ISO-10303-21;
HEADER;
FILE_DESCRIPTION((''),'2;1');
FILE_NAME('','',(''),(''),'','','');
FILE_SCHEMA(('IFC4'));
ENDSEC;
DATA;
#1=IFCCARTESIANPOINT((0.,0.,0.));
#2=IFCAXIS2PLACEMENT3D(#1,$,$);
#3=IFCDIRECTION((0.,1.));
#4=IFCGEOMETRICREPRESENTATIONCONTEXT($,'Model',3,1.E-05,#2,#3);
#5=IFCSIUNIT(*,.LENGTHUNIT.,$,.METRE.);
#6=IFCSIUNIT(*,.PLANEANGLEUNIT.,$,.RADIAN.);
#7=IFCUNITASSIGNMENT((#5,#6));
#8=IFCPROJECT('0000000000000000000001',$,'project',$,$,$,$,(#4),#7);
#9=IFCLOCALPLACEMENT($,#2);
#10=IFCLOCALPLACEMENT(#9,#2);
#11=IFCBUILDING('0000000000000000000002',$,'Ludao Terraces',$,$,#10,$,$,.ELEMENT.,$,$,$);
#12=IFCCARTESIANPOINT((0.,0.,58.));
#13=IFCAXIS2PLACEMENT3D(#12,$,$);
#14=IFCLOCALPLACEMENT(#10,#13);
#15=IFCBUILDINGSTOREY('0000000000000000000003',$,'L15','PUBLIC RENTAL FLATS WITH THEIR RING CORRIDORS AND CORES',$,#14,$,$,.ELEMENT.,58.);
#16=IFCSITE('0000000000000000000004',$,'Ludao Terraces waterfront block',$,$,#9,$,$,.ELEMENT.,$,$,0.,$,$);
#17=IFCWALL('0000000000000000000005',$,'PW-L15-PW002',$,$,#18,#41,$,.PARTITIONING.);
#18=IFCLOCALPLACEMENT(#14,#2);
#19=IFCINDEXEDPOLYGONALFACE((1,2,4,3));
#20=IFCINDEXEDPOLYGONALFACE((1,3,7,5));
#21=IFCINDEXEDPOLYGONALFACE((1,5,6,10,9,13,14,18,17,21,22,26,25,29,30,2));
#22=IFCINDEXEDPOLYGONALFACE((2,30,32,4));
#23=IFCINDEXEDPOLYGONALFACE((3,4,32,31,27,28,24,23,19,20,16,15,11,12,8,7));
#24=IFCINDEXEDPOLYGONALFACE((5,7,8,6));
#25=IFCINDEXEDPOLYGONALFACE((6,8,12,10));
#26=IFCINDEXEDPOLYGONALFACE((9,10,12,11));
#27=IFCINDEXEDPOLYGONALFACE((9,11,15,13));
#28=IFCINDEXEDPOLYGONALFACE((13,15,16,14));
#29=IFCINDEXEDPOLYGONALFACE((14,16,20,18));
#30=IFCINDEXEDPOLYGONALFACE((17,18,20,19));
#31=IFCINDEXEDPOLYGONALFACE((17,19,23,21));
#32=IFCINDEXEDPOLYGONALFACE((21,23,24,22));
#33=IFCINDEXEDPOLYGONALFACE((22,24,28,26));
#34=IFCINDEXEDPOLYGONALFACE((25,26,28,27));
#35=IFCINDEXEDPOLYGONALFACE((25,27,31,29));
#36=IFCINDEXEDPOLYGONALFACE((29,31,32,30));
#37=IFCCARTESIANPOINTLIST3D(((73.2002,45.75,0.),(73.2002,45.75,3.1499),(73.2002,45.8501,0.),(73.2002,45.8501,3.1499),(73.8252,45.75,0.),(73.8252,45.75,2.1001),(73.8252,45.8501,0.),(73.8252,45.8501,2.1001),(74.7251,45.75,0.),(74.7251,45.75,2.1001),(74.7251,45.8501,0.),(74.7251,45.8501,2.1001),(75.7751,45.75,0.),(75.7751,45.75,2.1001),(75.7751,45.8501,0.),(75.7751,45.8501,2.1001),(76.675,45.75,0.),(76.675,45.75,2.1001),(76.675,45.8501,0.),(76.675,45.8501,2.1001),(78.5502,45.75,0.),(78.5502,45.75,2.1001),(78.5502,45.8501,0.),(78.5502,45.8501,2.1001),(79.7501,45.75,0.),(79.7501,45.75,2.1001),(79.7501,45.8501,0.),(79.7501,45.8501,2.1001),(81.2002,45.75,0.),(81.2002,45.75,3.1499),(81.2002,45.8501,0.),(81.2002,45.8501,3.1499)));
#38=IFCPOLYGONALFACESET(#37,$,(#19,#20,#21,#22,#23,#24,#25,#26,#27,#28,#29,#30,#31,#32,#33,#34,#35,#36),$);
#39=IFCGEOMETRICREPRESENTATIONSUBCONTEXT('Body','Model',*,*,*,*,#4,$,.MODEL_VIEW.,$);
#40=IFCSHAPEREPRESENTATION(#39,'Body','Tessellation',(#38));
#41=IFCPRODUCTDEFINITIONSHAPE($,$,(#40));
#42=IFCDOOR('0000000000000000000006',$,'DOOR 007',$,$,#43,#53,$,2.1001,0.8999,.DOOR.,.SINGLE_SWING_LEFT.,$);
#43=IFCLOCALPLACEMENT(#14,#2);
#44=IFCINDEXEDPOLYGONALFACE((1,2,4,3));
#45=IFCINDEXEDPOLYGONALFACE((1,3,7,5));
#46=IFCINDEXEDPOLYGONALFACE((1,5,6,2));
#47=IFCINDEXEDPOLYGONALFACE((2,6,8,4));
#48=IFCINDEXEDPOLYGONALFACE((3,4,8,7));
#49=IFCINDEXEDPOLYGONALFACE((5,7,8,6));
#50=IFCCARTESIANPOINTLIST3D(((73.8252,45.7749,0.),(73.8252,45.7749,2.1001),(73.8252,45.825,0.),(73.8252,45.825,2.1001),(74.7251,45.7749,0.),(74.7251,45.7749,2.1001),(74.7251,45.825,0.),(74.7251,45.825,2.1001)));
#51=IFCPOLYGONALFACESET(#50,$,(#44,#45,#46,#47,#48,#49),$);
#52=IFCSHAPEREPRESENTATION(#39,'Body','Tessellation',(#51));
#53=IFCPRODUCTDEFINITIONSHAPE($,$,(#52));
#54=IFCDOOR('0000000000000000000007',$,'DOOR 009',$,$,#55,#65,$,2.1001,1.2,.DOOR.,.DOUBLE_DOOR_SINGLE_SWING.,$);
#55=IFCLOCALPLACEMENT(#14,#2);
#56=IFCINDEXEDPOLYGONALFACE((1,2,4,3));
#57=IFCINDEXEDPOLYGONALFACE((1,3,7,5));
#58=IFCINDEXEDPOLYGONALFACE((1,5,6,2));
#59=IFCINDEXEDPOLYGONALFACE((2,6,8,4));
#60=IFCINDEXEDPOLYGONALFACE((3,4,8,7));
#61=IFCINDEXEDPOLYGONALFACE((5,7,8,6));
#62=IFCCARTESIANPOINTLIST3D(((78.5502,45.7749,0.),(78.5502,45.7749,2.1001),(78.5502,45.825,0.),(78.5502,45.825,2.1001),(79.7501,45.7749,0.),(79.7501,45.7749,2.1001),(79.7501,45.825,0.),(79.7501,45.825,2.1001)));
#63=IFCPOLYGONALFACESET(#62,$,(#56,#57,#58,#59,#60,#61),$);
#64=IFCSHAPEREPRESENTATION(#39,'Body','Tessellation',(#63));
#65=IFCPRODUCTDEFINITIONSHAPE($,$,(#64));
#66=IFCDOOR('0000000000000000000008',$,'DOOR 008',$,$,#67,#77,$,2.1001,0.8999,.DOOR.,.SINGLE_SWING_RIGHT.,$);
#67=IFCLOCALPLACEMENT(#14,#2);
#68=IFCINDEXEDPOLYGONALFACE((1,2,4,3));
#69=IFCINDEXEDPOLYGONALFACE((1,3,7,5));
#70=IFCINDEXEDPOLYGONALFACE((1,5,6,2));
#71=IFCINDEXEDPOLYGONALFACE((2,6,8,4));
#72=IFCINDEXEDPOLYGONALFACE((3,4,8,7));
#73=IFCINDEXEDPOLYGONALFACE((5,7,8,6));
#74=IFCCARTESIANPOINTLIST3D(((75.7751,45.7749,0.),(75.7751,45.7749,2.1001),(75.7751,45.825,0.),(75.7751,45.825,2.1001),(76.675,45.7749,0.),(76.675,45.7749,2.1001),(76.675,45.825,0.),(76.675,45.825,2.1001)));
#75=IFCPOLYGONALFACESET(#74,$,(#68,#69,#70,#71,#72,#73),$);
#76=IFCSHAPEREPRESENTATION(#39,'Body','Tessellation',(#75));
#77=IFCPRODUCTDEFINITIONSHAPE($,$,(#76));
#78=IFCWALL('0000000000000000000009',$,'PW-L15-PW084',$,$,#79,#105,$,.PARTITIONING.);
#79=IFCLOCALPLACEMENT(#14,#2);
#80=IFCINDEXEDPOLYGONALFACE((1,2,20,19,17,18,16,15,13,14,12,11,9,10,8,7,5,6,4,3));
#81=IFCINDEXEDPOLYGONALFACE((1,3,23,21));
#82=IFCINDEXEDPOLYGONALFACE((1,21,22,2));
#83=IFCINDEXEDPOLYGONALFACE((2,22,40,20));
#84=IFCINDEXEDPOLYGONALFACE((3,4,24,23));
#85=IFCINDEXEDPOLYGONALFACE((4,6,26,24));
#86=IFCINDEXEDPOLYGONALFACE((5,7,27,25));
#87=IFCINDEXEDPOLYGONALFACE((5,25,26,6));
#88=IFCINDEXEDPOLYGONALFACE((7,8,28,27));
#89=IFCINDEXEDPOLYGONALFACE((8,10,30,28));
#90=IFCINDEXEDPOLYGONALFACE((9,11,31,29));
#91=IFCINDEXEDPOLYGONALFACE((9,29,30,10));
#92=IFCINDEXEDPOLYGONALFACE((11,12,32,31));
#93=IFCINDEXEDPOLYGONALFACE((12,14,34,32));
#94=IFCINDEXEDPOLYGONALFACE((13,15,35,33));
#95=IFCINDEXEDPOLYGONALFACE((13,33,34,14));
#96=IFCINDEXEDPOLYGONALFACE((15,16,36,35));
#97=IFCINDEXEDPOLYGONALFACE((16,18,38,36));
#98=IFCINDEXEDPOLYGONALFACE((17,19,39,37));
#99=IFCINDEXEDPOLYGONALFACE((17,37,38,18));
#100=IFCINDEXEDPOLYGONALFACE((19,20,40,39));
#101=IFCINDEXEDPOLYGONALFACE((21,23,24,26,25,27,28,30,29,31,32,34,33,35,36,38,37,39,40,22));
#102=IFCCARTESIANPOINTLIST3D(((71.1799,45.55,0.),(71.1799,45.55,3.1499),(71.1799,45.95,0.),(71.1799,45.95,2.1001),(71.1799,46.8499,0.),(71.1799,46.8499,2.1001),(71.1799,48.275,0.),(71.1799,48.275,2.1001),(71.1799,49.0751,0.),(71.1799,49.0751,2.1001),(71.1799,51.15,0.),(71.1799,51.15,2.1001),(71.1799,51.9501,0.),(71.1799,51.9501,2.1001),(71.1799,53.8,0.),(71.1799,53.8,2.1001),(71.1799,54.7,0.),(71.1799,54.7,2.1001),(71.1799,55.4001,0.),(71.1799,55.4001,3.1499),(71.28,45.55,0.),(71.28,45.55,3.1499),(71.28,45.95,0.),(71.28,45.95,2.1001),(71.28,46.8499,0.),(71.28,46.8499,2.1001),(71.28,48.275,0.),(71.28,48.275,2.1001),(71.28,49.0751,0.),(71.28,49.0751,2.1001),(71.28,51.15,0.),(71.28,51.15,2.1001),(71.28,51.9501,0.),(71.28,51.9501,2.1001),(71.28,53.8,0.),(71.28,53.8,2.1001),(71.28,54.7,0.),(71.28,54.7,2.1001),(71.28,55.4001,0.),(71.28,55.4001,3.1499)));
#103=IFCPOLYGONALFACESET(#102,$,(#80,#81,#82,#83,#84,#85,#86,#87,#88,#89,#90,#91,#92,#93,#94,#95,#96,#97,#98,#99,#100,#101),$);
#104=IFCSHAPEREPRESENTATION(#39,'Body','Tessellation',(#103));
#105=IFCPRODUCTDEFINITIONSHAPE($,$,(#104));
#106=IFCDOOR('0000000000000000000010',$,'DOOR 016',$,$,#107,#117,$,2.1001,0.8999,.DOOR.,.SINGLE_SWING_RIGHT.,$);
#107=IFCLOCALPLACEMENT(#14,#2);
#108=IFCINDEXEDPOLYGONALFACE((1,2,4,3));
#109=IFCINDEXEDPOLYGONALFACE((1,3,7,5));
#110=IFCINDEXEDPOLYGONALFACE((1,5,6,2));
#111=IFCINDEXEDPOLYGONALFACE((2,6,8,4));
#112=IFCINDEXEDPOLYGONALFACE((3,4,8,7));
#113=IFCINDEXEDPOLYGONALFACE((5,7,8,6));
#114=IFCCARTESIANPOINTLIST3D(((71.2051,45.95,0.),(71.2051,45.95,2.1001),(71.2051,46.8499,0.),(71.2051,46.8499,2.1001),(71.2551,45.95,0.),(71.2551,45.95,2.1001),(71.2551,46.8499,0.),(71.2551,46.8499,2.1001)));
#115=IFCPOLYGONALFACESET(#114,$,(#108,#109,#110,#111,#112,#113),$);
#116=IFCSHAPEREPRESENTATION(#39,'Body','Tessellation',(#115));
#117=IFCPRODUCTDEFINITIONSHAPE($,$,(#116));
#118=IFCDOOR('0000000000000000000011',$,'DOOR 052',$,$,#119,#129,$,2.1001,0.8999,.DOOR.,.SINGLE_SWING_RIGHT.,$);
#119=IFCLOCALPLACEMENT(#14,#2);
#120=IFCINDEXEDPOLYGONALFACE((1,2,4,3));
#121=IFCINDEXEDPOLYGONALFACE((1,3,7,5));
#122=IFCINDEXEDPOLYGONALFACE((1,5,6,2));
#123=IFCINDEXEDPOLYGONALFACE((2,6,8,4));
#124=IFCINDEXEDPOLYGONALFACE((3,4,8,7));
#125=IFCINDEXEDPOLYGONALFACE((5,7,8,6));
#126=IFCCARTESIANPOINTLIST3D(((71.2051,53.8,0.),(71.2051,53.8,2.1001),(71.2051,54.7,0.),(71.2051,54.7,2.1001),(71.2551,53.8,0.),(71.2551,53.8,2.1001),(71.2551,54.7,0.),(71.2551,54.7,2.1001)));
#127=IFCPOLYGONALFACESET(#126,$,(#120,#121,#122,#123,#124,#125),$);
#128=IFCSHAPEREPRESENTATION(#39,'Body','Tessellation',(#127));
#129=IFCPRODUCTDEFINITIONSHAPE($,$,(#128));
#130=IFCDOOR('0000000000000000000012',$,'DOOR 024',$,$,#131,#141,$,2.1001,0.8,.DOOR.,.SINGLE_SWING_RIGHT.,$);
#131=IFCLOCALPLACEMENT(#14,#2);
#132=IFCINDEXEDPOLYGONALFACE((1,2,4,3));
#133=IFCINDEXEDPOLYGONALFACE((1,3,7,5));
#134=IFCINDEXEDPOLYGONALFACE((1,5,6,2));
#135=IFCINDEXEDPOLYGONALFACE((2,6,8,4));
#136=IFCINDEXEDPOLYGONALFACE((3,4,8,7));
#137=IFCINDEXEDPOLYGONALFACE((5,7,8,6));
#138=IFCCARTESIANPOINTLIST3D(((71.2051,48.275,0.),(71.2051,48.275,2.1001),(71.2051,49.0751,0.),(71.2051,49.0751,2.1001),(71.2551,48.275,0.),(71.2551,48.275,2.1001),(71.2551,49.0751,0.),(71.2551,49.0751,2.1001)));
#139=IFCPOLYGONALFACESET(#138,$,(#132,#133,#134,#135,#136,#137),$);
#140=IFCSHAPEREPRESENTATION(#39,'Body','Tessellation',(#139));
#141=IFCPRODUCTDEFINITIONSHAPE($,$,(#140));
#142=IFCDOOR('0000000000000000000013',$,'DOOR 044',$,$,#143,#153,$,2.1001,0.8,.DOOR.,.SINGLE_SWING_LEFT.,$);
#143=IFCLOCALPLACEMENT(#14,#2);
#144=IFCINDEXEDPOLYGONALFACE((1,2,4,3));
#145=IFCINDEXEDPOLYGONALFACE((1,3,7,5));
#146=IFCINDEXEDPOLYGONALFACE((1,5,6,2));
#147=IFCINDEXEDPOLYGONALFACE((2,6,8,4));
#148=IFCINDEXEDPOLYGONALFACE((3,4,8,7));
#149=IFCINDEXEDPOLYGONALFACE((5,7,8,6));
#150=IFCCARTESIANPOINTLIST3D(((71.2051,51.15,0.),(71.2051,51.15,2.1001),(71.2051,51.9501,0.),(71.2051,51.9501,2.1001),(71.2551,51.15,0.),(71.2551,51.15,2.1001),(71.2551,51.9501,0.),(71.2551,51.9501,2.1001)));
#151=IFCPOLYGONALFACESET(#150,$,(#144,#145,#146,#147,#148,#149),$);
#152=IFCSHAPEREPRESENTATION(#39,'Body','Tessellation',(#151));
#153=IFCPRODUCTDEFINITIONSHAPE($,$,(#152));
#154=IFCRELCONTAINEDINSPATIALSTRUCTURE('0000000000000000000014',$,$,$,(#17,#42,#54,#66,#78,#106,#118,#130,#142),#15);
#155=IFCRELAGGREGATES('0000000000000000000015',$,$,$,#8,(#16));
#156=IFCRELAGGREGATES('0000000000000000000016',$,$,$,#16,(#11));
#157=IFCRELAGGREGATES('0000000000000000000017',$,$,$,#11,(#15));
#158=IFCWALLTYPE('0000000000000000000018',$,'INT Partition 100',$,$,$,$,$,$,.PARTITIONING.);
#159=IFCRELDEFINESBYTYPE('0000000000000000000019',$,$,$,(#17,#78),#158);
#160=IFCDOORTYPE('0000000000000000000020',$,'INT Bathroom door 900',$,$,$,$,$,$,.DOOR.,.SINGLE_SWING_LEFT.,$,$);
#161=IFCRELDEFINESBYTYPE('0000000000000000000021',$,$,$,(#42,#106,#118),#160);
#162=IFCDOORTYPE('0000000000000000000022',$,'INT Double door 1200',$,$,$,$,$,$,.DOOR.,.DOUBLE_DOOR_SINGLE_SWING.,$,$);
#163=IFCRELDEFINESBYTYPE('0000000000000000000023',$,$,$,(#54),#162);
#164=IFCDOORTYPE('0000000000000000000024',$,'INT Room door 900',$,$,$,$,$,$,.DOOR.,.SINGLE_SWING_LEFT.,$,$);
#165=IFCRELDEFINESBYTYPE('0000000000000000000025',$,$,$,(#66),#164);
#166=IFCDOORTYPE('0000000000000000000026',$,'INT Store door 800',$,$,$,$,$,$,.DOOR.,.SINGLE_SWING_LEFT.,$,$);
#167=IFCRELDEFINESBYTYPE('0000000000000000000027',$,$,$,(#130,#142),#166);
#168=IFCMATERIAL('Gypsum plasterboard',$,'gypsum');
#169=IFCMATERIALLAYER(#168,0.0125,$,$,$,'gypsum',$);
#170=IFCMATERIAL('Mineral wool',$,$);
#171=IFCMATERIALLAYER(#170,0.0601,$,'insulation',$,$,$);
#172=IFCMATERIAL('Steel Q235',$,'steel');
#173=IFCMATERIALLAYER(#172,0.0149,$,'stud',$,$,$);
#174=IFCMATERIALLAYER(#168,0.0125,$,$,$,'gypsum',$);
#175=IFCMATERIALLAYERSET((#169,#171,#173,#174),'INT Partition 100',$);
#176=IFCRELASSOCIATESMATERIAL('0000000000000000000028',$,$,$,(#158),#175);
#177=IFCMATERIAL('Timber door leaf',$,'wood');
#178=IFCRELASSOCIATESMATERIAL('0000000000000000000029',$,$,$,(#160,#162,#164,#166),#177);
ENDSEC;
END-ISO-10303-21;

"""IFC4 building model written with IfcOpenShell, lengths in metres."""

from ifc_helpers import new_model, si_unit, direction, frame, frame_2d, origin, place, context, subcontext, project, spatial, rectangle, extrude, material, layer, layer_set, type_object, element, fill, save


model = new_model("IFC4")

# Units and contexts
model_context = context("Model", 3, precision=1e-05, world=origin(), true_north=direction((0.0, 1.0)))
body_context = subcontext(model_context, "Body", "Model", "MODEL_VIEW")
ifc_project = project(units=[si_unit("LENGTHUNIT", "METRE"), si_unit("PLANEANGLEUNIT", "RADIAN")], contexts=[model_context])

# Site, building, storey
site_placement = place(None, origin())
site = spatial("IfcSite", under=ifc_project, at=site_placement, Name="Ludao Terraces waterfront block", CompositionType="ELEMENT", RefElevation=0.0)
building_placement = place(site_placement, origin())
building = spatial("IfcBuilding", under=site, at=building_placement, Name="Ludao Terraces", CompositionType="ELEMENT")
storey_placement = place(building_placement, frame((0.0, 0.0, 58.0)))
storey = spatial("IfcBuildingStorey", under=building, at=storey_placement, Name="L15", Description="PUBLIC RENTAL FLATS WITH THEIR RING CORRIDORS AND CORES", CompositionType="ELEMENT", Elevation=58.0)

# Shared definitions
ifc_material_1 = material(Name="Mineral wool")

# Walls, openings, doors
ifc_material_2 = material(Name="Gypsum plasterboard", Category="gypsum")
ifc_layer_1 = layer(ifc_material_2, 0.0125, Category="gypsum")
ifc_layer_2 = layer(ifc_material_1, 0.0601, Name="insulation")
ifc_material_3 = material(Name="Steel Q235", Category="steel")
ifc_layer_3 = layer(ifc_material_3, 0.0149, Name="stud")
ifc_layer_4 = layer(ifc_material_2, 0.0125, Category="gypsum")
ifc_layer_set_1 = layer_set([ifc_layer_1, ifc_layer_2, ifc_layer_3, ifc_layer_4], Name="INT Partition 100")
wall_type_1 = type_object("IfcWallType", Name="INT Partition 100", PredefinedType="PARTITIONING", material=ifc_layer_set_1)
wall_1_placement = place(storey_placement, frame((73.2002, 45.8, 0.0), z_axis=(0.0, 0.0, 1.0), x_axis=(1.0, 0.0, 0.0)))
wall_1 = element("IfcWall", 1, at=wall_1_placement, inside=storey, type_object=wall_type_1, Name="PW-L15-PW002", PredefinedType="PARTITIONING", context=body_context, shape_type="SweptSolid", body=[
    extrude(rectangle(XDim=8.0, YDim=0.1001, at=frame_2d((4.0, 0.0))), origin(), (0.0, 0.0, 1.0), 3.1499),
])
opening_1_placement = place(wall_1_placement, frame((0.625, 0.0, 0.0)))
opening_1 = element("IfcOpeningElement", 2, at=opening_1_placement, cuts=wall_1, PredefinedType="OPENING", context=body_context, shape_type="SweptSolid", body=[
    extrude(rectangle(XDim=0.8999, YDim=2.1001, at=frame_2d((0.45, 1.05))), frame((0.0, 0.0601, 0.0), z_axis=(0.0, -1.0, 0.0), x_axis=(1.0, 0.0, 0.0)), (0.0, 0.0, 1.0), 0.1201),
])
opening_2_placement = place(wall_1_placement, frame((2.575, 0.0, 0.0)))
opening_2 = element("IfcOpeningElement", 3, at=opening_2_placement, cuts=wall_1, PredefinedType="OPENING", context=body_context, shape_type="SweptSolid", body=[
    extrude(rectangle(XDim=0.8999, YDim=2.1001, at=frame_2d((0.45, 1.05))), frame((0.0, 0.0601, 0.0), z_axis=(0.0, -1.0, 0.0), x_axis=(1.0, 0.0, 0.0)), (0.0, 0.0, 1.0), 0.1201),
])
opening_3_placement = place(wall_1_placement, frame((5.3499, 0.0, 0.0)))
opening_3 = element("IfcOpeningElement", 4, at=opening_3_placement, cuts=wall_1, PredefinedType="OPENING", context=body_context, shape_type="SweptSolid", body=[
    extrude(rectangle(XDim=1.2, YDim=2.1001, at=frame_2d((0.6001, 1.05))), frame((0.0, 0.0601, 0.0), z_axis=(0.0, -1.0, 0.0), x_axis=(1.0, 0.0, 0.0)), (0.0, 0.0, 1.0), 0.1201),
])
ifc_material_4 = material(Name="Timber door leaf", Category="wood")
door_type_1 = type_object("IfcDoorType", Name="INT Bathroom door 900", OperationType="SINGLE_SWING_LEFT", PredefinedType="DOOR", material=ifc_material_4)
door_1_placement = place(opening_1_placement, origin())
door_1 = element("IfcDoor", 5, at=door_1_placement, inside=storey, type_object=door_type_1, Name="DOOR 007", OperationType="SINGLE_SWING_LEFT", OverallHeight=2.1001, OverallWidth=0.8999, PredefinedType="DOOR", context=body_context, shape_type="SweptSolid", body=[
    extrude(rectangle(XDim=0.8999, YDim=2.1001, at=frame_2d((0.45, 1.05))), frame((0.0, 0.0249, 0.0), z_axis=(0.0, -1.0, 0.0), x_axis=(1.0, 0.0, 0.0)), (0.0, 0.0, 1.0), 0.05),
])
fill(opening_1, door_1)
door_type_2 = type_object("IfcDoorType", Name="INT Double door 1200", OperationType="DOUBLE_DOOR_SINGLE_SWING", PredefinedType="DOOR", material=ifc_material_4)
door_2_placement = place(opening_3_placement, origin())
door_2 = element("IfcDoor", 6, at=door_2_placement, inside=storey, type_object=door_type_2, Name="DOOR 009", OperationType="DOUBLE_DOOR_SINGLE_SWING", OverallHeight=2.1001, OverallWidth=1.2, PredefinedType="DOOR", context=body_context, shape_type="SweptSolid", body=[
    extrude(rectangle(XDim=1.2, YDim=2.1001, at=frame_2d((0.6001, 1.05))), frame((0.0, 0.0249, 0.0), z_axis=(0.0, -1.0, 0.0), x_axis=(1.0, 0.0, 0.0)), (0.0, 0.0, 1.0), 0.05),
])
fill(opening_3, door_2)
door_type_3 = type_object("IfcDoorType", Name="INT Room door 900", OperationType="SINGLE_SWING_LEFT", PredefinedType="DOOR", material=ifc_material_4)
door_3_placement = place(opening_2_placement, origin())
door_3 = element("IfcDoor", 7, at=door_3_placement, inside=storey, type_object=door_type_3, Name="DOOR 008", OperationType="SINGLE_SWING_RIGHT", OverallHeight=2.1001, OverallWidth=0.8999, PredefinedType="DOOR", context=body_context, shape_type="SweptSolid", body=[
    extrude(rectangle(XDim=0.8999, YDim=2.1001, at=frame_2d((0.45, 1.05))), frame((0.0, 0.0249, 0.0), z_axis=(0.0, -1.0, 0.0), x_axis=(1.0, 0.0, 0.0)), (0.0, 0.0, 1.0), 0.05),
])
fill(opening_2, door_3)
wall_2_placement = place(storey_placement, frame((71.23, 45.55, 0.0), z_axis=(0.0, 0.0, 1.0), x_axis=(0.0, 1.0, 0.0)))
wall_2 = element("IfcWall", 8, at=wall_2_placement, inside=storey, type_object=wall_type_1, Name="PW-L15-PW084", PredefinedType="PARTITIONING", context=body_context, shape_type="SweptSolid", body=[
    extrude(rectangle(XDim=9.8501, YDim=0.1001, at=frame_2d((4.925, 0.0))), origin(), (0.0, 0.0, 1.0), 3.1499),
])
opening_4_placement = place(wall_2_placement, frame((0.3999, 0.0, 0.0)))
opening_4 = element("IfcOpeningElement", 9, at=opening_4_placement, cuts=wall_2, PredefinedType="OPENING", context=body_context, shape_type="SweptSolid", body=[
    extrude(rectangle(XDim=0.8999, YDim=2.1001, at=frame_2d((0.45, 1.05))), frame((0.0, 0.0601, 0.0), z_axis=(0.0, -1.0, 0.0), x_axis=(1.0, 0.0, 0.0)), (0.0, 0.0, 1.0), 0.1201),
])
opening_5_placement = place(wall_2_placement, frame((2.7251, 0.0, 0.0)))
opening_5 = element("IfcOpeningElement", 10, at=opening_5_placement, cuts=wall_2, PredefinedType="OPENING", context=body_context, shape_type="SweptSolid", body=[
    extrude(rectangle(XDim=0.8, YDim=2.1001, at=frame_2d((0.3999, 1.05))), frame((0.0, 0.0601, 0.0), z_axis=(0.0, -1.0, 0.0), x_axis=(1.0, 0.0, 0.0)), (0.0, 0.0, 1.0), 0.1201),
])
opening_6_placement = place(wall_2_placement, frame((5.6001, 0.0, 0.0)))
opening_6 = element("IfcOpeningElement", 11, at=opening_6_placement, cuts=wall_2, PredefinedType="OPENING", context=body_context, shape_type="SweptSolid", body=[
    extrude(rectangle(XDim=0.8, YDim=2.1001, at=frame_2d((0.3999, 1.05))), frame((0.0, 0.0601, 0.0), z_axis=(0.0, -1.0, 0.0), x_axis=(1.0, 0.0, 0.0)), (0.0, 0.0, 1.0), 0.1201),
])
opening_7_placement = place(wall_2_placement, frame((8.25, 0.0, 0.0)))
opening_7 = element("IfcOpeningElement", 12, at=opening_7_placement, cuts=wall_2, PredefinedType="OPENING", context=body_context, shape_type="SweptSolid", body=[
    extrude(rectangle(XDim=0.8999, YDim=2.1001, at=frame_2d((0.45, 1.05))), frame((0.0, 0.0601, 0.0), z_axis=(0.0, -1.0, 0.0), x_axis=(1.0, 0.0, 0.0)), (0.0, 0.0, 1.0), 0.1201),
])
door_4_placement = place(opening_4_placement, origin())
door_4 = element("IfcDoor", 13, at=door_4_placement, inside=storey, type_object=door_type_1, Name="DOOR 016", OperationType="SINGLE_SWING_RIGHT", OverallHeight=2.1001, OverallWidth=0.8999, PredefinedType="DOOR", context=body_context, shape_type="SweptSolid", body=[
    extrude(rectangle(XDim=0.8999, YDim=2.1001, at=frame_2d((0.45, 1.05))), frame((0.0, 0.0249, 0.0), z_axis=(0.0, -1.0, 0.0), x_axis=(1.0, 0.0, 0.0)), (0.0, 0.0, 1.0), 0.05),
])
fill(opening_4, door_4)
door_5_placement = place(opening_7_placement, origin())
door_5 = element("IfcDoor", 14, at=door_5_placement, inside=storey, type_object=door_type_1, Name="DOOR 052", OperationType="SINGLE_SWING_RIGHT", OverallHeight=2.1001, OverallWidth=0.8999, PredefinedType="DOOR", context=body_context, shape_type="SweptSolid", body=[
    extrude(rectangle(XDim=0.8999, YDim=2.1001, at=frame_2d((0.45, 1.05))), frame((0.0, 0.0249, 0.0), z_axis=(0.0, -1.0, 0.0), x_axis=(1.0, 0.0, 0.0)), (0.0, 0.0, 1.0), 0.05),
])
fill(opening_7, door_5)
door_type_4 = type_object("IfcDoorType", Name="INT Store door 800", OperationType="SINGLE_SWING_LEFT", PredefinedType="DOOR", material=ifc_material_4)
door_6_placement = place(opening_5_placement, origin())
door_6 = element("IfcDoor", 15, at=door_6_placement, inside=storey, type_object=door_type_4, Name="DOOR 024", OperationType="SINGLE_SWING_RIGHT", OverallHeight=2.1001, OverallWidth=0.8, PredefinedType="DOOR", context=body_context, shape_type="SweptSolid", body=[
    extrude(rectangle(XDim=0.8, YDim=2.1001, at=frame_2d((0.3999, 1.05))), frame((0.0, 0.0249, 0.0), z_axis=(0.0, -1.0, 0.0), x_axis=(1.0, 0.0, 0.0)), (0.0, 0.0, 1.0), 0.05),
])
fill(opening_5, door_6)
door_7_placement = place(opening_6_placement, origin())
door_7 = element("IfcDoor", 16, at=door_7_placement, inside=storey, type_object=door_type_4, Name="DOOR 044", OperationType="SINGLE_SWING_LEFT", OverallHeight=2.1001, OverallWidth=0.8, PredefinedType="DOOR", context=body_context, shape_type="SweptSolid", body=[
    extrude(rectangle(XDim=0.8, YDim=2.1001, at=frame_2d((0.3999, 1.05))), frame((0.0, 0.0249, 0.0), z_axis=(0.0, -1.0, 0.0), x_axis=(1.0, 0.0, 0.0)), (0.0, 0.0, 1.0), 0.05),
])
fill(opening_6, door_7)

save(model, "model.ifc")
